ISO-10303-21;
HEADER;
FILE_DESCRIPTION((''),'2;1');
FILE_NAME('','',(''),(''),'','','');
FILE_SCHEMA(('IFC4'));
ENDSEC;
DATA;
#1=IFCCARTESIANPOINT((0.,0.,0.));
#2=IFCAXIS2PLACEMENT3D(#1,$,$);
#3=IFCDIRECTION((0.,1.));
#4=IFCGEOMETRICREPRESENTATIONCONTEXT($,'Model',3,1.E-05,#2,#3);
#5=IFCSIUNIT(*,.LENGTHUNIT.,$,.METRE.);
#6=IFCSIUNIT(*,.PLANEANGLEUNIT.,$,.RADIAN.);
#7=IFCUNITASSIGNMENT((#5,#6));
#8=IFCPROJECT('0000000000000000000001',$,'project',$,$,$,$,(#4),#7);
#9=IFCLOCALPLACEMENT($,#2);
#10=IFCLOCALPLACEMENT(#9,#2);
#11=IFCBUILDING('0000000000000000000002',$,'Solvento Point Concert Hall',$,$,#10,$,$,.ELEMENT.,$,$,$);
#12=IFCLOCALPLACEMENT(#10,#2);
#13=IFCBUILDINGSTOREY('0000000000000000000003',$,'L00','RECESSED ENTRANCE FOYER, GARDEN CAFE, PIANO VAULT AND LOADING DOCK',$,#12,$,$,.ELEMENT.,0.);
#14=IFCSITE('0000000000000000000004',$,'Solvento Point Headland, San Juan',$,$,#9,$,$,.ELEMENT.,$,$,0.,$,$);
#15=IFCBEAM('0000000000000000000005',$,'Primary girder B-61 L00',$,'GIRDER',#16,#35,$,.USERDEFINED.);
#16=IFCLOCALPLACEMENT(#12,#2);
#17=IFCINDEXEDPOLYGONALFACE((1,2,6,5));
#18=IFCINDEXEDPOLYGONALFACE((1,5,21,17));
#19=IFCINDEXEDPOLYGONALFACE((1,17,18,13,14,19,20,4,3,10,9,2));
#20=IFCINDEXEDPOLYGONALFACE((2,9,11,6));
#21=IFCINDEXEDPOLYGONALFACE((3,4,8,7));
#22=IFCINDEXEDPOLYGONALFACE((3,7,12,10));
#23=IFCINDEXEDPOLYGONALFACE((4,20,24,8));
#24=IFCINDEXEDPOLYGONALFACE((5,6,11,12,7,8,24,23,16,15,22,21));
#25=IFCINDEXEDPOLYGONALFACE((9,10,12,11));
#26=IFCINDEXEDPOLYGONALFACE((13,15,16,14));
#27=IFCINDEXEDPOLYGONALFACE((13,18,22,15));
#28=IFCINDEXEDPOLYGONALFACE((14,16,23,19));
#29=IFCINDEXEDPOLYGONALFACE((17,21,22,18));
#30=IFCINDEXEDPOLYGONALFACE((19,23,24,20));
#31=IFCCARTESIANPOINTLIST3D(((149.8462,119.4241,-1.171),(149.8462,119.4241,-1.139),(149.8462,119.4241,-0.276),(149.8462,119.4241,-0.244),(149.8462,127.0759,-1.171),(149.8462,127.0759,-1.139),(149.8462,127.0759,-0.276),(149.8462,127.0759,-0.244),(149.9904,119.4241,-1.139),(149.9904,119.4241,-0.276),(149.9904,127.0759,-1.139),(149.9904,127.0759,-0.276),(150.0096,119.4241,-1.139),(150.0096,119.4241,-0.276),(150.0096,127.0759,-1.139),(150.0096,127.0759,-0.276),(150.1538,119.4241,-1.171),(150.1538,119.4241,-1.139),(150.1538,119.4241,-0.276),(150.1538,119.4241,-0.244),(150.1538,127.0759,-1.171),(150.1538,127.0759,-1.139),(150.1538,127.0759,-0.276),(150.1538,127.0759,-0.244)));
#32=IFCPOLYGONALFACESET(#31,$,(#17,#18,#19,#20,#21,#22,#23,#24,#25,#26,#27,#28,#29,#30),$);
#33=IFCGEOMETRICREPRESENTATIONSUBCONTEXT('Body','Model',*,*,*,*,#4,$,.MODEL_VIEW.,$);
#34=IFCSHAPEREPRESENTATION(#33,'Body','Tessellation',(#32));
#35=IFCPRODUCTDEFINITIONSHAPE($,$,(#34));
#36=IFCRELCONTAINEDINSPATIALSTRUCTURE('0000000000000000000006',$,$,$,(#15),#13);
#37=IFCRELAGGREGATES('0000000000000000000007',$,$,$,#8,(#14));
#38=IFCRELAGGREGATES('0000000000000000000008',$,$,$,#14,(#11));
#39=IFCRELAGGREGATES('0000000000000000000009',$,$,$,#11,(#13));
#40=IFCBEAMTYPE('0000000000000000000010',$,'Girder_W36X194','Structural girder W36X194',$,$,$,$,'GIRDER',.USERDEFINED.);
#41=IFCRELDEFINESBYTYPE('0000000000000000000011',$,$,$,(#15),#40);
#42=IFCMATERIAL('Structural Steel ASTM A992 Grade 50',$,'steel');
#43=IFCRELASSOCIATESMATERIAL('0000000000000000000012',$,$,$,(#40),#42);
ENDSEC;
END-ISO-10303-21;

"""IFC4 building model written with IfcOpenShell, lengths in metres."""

from ifc_helpers import new_model, si_unit, direction, frame, origin, origin_2d, place, context, subcontext, project, spatial, i_section, extrude, material, material_profile, profile_set, type_object, element, save


model = new_model("IFC4")

# Units and contexts
model_context = context("Model", 3, precision=1e-05, world=origin(), true_north=direction((0.0, 1.0)))
body_context = subcontext(model_context, "Body", "Model", "MODEL_VIEW")
ifc_project = project(units=[si_unit("LENGTHUNIT", "METRE"), si_unit("PLANEANGLEUNIT", "RADIAN")], contexts=[model_context])

# Site, building, storey
site_placement = place(None, origin())
site = spatial("IfcSite", under=ifc_project, at=site_placement, Name="Solvento Point Headland, San Juan", CompositionType="ELEMENT", RefElevation=0.0)
building_placement = place(site_placement, origin())
building = spatial("IfcBuilding", under=site, at=building_placement, Name="Solvento Point Concert Hall", CompositionType="ELEMENT")
storey_placement = place(building_placement, origin())
storey = spatial("IfcBuildingStorey", under=building, at=storey_placement, Name="L00", Description="RECESSED ENTRANCE FOYER, GARDEN CAFE, PIANO VAULT AND LOADING DOCK", CompositionType="ELEMENT", Elevation=0.0)

# Beam
ifc_material_1 = material(Name="Structural Steel ASTM A992 Grade 50", Category="steel")
ifc_material_profile_1 = material_profile(ifc_material_1, i_section(OverallWidth=0.3076, OverallDepth=0.927, WebThickness=0.0193, FlangeThickness=0.032, at=origin_2d()), Name="W36X194")
ifc_profile_set_1 = profile_set([ifc_material_profile_1], Name="Structural Steel ASTM A992 Grade 50")
beam_type_1 = type_object("IfcBeamType", Name="Girder_W36X194", Description="Structural girder W36X194", ElementType="GIRDER", PredefinedType="USERDEFINED", material=ifc_profile_set_1)
for number, where, z_axis, x_axis, name in (
    (1, (150.0, 119.4241, -0.7075), (0.0, 1.0, 0.0), (-1.0, 0.0, 0.0), "Primary girder B-61 L00"),
):
    element("IfcBeam", number, at=place(storey_placement, frame(where, z_axis=z_axis, x_axis=x_axis)), inside=storey, type_object=beam_type_1, Name=name, ObjectType="GIRDER", PredefinedType="USERDEFINED", context=body_context, shape_type="SweptSolid", body=[
        extrude(i_section(OverallWidth=0.3076, OverallDepth=0.927, WebThickness=0.0193, FlangeThickness=0.032, at=origin_2d()), origin(), (0.0, 0.0, 1.0), 7.6519),
    ])

save(model, "model.ifc")
